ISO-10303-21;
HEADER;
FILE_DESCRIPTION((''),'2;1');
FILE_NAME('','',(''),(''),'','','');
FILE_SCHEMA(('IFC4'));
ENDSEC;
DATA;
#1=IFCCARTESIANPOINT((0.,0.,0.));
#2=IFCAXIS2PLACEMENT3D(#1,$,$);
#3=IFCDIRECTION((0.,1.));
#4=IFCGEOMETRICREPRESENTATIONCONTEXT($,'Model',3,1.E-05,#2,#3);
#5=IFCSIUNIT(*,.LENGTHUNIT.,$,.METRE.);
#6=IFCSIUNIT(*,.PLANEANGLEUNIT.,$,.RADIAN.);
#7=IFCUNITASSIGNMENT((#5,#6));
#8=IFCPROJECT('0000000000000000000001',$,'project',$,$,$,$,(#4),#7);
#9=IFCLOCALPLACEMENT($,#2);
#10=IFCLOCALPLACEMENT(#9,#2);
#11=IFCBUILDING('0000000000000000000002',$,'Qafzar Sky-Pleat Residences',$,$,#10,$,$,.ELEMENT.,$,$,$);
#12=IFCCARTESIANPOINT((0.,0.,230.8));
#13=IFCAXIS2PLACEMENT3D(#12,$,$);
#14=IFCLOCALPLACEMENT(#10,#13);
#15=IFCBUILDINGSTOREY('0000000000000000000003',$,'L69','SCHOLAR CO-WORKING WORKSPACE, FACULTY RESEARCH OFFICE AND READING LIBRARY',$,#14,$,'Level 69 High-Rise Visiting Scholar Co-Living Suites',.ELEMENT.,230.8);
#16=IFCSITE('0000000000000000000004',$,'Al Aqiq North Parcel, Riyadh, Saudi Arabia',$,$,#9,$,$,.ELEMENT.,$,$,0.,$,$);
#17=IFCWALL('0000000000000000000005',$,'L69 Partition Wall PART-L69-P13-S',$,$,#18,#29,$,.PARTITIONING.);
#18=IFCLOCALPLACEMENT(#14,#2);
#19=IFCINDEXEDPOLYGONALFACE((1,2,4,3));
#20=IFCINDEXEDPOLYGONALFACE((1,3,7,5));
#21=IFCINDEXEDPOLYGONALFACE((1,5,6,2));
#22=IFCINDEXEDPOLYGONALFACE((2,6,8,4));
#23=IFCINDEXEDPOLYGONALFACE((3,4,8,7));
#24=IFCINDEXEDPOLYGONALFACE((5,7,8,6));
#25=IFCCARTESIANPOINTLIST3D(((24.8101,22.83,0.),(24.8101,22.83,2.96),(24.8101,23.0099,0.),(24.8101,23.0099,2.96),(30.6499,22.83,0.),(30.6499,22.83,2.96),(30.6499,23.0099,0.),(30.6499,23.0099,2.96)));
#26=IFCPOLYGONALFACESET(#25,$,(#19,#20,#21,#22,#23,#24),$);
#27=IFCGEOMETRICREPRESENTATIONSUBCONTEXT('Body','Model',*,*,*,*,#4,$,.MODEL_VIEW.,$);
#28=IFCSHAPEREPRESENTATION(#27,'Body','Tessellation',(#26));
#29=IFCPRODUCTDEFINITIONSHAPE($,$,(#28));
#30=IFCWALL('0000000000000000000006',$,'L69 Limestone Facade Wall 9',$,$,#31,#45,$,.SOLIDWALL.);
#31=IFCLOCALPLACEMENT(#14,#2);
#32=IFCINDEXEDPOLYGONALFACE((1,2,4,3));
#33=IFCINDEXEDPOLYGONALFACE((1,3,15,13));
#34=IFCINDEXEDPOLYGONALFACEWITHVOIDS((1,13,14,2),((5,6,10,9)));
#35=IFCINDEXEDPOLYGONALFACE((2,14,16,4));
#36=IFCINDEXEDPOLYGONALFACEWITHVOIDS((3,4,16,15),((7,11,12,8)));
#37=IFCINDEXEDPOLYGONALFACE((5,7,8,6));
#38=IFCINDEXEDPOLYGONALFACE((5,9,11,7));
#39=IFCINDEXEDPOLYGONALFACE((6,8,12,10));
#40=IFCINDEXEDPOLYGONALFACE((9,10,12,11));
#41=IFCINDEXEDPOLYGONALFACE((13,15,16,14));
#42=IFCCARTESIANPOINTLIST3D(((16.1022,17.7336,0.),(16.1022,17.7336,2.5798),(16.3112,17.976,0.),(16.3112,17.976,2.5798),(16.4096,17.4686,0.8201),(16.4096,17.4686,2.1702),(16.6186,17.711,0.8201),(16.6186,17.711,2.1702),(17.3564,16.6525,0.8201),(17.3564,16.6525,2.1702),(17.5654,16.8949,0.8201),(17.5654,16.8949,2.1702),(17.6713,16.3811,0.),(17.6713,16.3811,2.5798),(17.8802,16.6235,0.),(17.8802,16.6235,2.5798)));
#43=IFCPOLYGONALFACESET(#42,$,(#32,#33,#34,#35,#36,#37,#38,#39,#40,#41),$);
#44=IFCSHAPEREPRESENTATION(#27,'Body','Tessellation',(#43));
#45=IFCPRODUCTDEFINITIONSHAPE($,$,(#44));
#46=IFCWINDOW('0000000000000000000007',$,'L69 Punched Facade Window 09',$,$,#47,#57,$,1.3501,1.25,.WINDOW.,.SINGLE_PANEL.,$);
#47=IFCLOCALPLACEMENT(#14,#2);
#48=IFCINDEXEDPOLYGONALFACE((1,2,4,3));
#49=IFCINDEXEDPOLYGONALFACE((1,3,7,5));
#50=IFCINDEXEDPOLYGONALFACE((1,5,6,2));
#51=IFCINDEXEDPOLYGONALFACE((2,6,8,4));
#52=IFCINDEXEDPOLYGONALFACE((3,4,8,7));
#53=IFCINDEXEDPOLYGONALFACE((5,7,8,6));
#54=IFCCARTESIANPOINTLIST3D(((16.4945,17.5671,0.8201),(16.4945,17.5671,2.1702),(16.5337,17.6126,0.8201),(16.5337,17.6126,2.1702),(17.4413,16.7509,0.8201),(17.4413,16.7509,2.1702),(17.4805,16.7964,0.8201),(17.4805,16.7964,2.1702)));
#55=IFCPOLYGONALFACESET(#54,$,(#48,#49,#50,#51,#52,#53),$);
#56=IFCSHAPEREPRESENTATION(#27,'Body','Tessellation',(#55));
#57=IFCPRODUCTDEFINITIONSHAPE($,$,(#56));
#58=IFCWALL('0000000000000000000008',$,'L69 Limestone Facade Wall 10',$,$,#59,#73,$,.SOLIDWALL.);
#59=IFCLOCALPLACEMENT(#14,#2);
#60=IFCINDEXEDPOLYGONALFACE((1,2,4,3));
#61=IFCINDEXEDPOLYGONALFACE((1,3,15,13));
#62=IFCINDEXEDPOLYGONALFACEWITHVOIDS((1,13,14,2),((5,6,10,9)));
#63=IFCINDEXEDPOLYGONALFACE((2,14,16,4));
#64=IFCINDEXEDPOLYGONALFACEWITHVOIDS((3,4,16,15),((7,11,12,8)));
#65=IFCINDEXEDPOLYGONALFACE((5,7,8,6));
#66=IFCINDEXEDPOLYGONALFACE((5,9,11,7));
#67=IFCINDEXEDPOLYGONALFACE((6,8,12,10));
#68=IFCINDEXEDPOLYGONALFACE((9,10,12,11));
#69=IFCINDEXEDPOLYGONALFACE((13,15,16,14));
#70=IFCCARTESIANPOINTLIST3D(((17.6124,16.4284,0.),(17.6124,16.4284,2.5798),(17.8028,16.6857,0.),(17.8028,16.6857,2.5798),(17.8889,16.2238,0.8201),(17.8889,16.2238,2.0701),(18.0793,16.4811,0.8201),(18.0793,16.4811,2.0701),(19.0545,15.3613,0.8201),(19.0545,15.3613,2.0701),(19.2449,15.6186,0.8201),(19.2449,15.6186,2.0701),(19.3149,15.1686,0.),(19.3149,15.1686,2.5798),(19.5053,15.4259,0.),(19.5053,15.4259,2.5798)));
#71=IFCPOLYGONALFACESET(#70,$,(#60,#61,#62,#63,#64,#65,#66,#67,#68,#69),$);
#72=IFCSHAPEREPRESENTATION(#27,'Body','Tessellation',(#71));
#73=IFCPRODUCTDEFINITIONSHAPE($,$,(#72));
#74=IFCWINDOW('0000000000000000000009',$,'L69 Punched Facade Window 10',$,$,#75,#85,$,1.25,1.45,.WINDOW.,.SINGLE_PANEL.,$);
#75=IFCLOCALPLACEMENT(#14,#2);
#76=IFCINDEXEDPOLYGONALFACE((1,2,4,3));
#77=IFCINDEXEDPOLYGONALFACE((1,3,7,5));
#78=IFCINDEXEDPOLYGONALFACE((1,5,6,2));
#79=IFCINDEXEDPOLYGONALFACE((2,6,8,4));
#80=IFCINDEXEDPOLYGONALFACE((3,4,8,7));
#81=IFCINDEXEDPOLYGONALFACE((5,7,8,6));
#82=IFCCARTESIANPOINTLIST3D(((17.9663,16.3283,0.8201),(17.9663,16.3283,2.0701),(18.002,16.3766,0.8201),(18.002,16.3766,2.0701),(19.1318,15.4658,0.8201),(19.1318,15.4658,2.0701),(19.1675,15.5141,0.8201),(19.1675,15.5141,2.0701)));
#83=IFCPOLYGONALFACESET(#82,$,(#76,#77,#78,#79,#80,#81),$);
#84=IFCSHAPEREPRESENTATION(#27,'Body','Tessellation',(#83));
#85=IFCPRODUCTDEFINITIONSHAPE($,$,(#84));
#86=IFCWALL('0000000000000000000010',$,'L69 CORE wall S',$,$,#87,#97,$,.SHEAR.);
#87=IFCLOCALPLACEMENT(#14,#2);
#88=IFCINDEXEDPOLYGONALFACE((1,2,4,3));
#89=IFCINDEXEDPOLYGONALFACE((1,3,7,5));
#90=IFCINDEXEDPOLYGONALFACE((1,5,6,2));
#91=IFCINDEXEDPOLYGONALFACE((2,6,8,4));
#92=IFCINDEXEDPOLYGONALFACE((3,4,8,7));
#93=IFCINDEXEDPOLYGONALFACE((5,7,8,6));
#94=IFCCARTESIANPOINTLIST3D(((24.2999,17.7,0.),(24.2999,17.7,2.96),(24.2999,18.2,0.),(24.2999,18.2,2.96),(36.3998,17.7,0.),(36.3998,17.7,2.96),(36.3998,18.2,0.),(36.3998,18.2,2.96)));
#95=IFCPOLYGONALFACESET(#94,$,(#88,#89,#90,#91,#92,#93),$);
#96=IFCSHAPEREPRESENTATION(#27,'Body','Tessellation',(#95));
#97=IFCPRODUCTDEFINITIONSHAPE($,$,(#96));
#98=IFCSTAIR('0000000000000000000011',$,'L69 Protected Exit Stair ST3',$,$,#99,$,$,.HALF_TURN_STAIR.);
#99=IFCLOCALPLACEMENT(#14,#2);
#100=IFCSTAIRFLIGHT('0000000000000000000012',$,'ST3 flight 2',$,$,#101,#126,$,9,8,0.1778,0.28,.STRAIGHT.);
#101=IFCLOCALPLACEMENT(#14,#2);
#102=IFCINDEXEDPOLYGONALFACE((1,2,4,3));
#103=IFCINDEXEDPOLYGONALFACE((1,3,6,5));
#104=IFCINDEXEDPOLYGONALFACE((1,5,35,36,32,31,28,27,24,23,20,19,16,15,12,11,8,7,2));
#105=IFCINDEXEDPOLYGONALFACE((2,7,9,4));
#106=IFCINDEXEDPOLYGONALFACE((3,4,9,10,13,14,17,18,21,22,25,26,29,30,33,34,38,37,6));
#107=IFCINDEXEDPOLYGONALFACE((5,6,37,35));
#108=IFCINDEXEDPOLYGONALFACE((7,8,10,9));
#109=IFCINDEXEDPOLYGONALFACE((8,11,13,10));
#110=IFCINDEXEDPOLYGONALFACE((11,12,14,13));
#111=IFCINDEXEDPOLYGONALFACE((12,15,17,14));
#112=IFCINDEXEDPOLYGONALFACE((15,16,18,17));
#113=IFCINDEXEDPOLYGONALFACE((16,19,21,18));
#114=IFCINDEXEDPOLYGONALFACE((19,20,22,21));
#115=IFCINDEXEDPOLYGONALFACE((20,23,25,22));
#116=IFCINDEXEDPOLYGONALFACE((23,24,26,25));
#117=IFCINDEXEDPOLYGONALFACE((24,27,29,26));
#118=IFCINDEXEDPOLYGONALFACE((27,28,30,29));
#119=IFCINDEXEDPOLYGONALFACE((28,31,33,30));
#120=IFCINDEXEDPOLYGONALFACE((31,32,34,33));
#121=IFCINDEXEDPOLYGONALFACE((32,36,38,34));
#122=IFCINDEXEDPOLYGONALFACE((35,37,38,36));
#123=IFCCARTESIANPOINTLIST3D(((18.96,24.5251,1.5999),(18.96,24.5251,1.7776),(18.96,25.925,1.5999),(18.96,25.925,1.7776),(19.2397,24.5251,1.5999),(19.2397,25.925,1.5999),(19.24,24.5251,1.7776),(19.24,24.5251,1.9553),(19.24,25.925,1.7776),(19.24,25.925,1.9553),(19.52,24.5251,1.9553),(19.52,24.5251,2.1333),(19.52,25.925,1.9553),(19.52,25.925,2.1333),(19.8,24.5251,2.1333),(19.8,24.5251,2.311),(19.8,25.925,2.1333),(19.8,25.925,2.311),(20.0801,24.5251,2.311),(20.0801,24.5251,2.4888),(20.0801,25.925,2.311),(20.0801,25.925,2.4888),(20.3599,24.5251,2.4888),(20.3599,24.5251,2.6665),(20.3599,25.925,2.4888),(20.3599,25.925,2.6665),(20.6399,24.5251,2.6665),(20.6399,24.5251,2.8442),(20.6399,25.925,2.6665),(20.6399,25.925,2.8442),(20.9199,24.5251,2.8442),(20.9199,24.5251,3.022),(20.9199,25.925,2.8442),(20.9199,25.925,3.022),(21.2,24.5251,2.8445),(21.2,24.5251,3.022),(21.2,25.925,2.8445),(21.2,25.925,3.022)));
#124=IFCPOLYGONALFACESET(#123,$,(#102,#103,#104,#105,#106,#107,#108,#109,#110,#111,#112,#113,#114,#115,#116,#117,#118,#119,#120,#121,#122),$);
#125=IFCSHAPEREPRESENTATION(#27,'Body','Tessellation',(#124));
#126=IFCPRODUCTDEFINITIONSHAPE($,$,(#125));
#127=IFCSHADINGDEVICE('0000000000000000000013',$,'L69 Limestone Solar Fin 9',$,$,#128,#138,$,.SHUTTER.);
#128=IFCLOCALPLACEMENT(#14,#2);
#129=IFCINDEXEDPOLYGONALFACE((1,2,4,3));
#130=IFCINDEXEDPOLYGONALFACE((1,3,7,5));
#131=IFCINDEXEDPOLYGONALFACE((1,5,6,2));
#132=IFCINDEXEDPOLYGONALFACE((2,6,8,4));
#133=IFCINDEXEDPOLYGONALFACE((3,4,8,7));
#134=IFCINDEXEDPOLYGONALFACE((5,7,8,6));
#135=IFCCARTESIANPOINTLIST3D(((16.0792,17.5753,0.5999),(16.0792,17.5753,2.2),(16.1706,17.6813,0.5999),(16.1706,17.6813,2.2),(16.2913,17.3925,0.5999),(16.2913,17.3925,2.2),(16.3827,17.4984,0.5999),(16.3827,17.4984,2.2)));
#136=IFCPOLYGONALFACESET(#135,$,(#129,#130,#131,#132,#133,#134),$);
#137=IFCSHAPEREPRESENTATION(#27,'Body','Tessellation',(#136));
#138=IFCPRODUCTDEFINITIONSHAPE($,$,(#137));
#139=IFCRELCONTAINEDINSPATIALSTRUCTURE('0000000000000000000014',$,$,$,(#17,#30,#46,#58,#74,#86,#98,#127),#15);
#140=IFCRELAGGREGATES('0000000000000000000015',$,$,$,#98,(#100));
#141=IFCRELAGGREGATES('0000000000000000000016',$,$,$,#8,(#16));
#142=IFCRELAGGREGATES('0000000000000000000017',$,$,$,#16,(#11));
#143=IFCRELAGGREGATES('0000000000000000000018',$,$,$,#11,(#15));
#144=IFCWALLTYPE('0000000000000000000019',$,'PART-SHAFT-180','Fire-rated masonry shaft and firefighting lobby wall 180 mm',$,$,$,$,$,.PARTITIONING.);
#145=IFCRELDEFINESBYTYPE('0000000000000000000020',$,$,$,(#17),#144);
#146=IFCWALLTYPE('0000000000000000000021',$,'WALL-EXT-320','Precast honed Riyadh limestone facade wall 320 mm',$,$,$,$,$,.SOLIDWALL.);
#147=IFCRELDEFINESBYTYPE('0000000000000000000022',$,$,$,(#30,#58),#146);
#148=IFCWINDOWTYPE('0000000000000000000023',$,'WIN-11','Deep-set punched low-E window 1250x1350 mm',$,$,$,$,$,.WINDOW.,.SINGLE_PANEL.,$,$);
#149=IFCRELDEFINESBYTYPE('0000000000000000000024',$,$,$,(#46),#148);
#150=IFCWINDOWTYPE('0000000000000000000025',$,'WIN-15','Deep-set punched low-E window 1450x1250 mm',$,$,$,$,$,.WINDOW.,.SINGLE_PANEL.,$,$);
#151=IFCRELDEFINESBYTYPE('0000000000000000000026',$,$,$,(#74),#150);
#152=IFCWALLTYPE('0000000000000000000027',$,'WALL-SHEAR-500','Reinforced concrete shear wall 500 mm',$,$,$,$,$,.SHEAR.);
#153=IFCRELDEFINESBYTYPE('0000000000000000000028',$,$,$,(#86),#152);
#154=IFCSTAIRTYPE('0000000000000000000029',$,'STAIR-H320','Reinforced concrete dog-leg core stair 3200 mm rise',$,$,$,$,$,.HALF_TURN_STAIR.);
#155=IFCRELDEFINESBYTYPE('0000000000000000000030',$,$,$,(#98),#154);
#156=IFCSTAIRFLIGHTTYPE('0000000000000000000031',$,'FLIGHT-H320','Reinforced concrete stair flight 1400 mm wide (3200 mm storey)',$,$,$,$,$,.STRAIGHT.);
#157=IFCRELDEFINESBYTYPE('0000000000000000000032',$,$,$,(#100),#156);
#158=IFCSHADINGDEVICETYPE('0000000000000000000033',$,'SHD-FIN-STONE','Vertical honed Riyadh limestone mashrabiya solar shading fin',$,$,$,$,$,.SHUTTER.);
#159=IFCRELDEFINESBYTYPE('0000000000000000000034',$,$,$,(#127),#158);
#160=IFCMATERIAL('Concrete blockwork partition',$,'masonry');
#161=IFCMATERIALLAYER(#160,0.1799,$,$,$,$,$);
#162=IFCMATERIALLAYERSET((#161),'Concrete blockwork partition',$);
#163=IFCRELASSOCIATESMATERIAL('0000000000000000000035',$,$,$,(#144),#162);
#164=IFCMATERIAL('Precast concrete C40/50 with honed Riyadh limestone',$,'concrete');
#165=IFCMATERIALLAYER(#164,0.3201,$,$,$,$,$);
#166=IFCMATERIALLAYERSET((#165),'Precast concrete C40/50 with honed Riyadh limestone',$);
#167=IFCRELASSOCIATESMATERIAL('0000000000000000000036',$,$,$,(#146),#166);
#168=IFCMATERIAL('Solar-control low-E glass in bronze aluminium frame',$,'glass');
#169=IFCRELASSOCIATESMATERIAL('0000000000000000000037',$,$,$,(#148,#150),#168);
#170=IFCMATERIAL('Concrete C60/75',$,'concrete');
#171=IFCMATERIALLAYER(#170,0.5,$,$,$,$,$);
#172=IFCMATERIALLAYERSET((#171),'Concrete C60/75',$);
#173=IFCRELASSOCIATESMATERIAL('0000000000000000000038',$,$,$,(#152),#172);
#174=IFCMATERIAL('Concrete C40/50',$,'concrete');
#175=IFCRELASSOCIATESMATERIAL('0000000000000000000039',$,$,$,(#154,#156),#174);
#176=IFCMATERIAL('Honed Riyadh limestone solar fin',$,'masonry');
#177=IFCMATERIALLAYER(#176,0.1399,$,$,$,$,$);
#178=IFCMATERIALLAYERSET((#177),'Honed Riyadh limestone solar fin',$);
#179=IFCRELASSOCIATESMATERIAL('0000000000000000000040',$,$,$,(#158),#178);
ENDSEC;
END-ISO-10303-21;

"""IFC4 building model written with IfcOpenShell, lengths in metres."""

from ifc_helpers import new_model, si_unit, direction, frame, frame_2d, origin, origin_2d, place, context, subcontext, project, spatial, polyline, rectangle, outline, extrude, source, transform, mapped, material, layer, layer_set, type_object, element, fill, aggregate, save


model = new_model("IFC4")

# Units and contexts
model_context = context("Model", 3, precision=1e-05, world=origin(), true_north=direction((0.0, 1.0)))
body_context = subcontext(model_context, "Body", "Model", "MODEL_VIEW")
ifc_project = project(units=[si_unit("LENGTHUNIT", "METRE"), si_unit("PLANEANGLEUNIT", "RADIAN")], contexts=[model_context])

# Site, building, storey
site_placement = place(None, origin())
site = spatial("IfcSite", under=ifc_project, at=site_placement, Name="Al Aqiq North Parcel, Riyadh, Saudi Arabia", CompositionType="ELEMENT", RefElevation=0.0)
building_placement = place(site_placement, origin())
building = spatial("IfcBuilding", under=site, at=building_placement, Name="Qafzar Sky-Pleat Residences", CompositionType="ELEMENT")
storey_placement = place(building_placement, frame((0.0, 0.0, 230.8)))
storey = spatial("IfcBuildingStorey", under=building, at=storey_placement, Name="L69", Description="SCHOLAR CO-WORKING WORKSPACE, FACULTY RESEARCH OFFICE AND READING LIBRARY", LongName="Level 69 High-Rise Visiting Scholar Co-Living Suites", CompositionType="ELEMENT", Elevation=230.8)

# Wall
ifc_material_1 = material(Name="Concrete blockwork partition", Category="masonry")
ifc_layer_1 = layer(ifc_material_1, 0.1799)
ifc_layer_set_1 = layer_set([ifc_layer_1], Name="Concrete blockwork partition")
wall_type_1 = type_object("IfcWallType", Name="PART-SHAFT-180", Description="Fire-rated masonry shaft and firefighting lobby wall 180 mm", PredefinedType="PARTITIONING", material=ifc_layer_set_1)
wall_1_placement = place(storey_placement, frame((24.8101, 22.9199, 0.0), z_axis=(0.0, 0.0, 1.0), x_axis=(1.0, 0.0, 0.0)))
element("IfcWall", 1, at=wall_1_placement, inside=storey, type_object=wall_type_1, Name="L69 Partition Wall PART-L69-P13-S", PredefinedType="PARTITIONING", context=body_context, shape_type="SweptSolid", body=[
    extrude(rectangle(XDim=5.8398, YDim=0.1799, at=frame_2d((2.9199, 0.0))), origin(), (0.0, 0.0, 1.0), 2.96),
])

# Walls, openings, windows
ifc_material_2 = material(Name="Precast concrete C40/50 with honed Riyadh limestone", Category="concrete")
ifc_layer_2 = layer(ifc_material_2, 0.3201)
ifc_layer_set_2 = layer_set([ifc_layer_2], Name="Precast concrete C40/50 with honed Riyadh limestone")
wall_type_2 = type_object("IfcWallType", Name="WALL-EXT-320", Description="Precast honed Riyadh limestone facade wall 320 mm", PredefinedType="SOLIDWALL", material=ifc_layer_set_2)
wall_2_placement = place(storey_placement, frame((16.2068, 17.8547, 0.0), z_axis=(0.0, 0.0, 1.0), x_axis=(0.75744, -0.652905, 0.0)))
wall_2 = element("IfcWall", 2, at=wall_2_placement, inside=storey, type_object=wall_type_2, Name="L69 Limestone Facade Wall 9", PredefinedType="SOLIDWALL", context=body_context, shape_type="SweptSolid", body=[
    extrude(rectangle(XDim=2.0715, YDim=0.3201, at=frame_2d((1.0356, 0.0))), origin(), (0.0, 0.0, 1.0), 2.5798),
])
opening_1_placement = place(wall_2_placement, frame((0.4058, 0.0, 0.8201)))
opening_1 = element("IfcOpeningElement", 3, at=opening_1_placement, cuts=wall_2, PredefinedType="OPENING", context=body_context, shape_type="SweptSolid", body=[
    extrude(rectangle(XDim=1.25, YDim=1.3501, at=frame_2d((0.625, 0.675))), frame((0.0, 0.1699, 0.0), z_axis=(0.0, -1.0, 0.0), x_axis=(1.0, 0.0, 0.0)), (0.0, 0.0, 1.0), 0.3401),
])
ifc_material_3 = material(Name="Solar-control low-E glass in bronze aluminium frame", Category="glass")
window_type_1 = type_object("IfcWindowType", Name="WIN-11", Description="Deep-set punched low-E window 1250x1350 mm", PartitioningType="SINGLE_PANEL", PredefinedType="WINDOW", material=ifc_material_3)
shared_shape_1 = source(origin(), body_context, "Body", "SweptSolid", [
    extrude(rectangle(XDim=1.25, YDim=1.3501, at=frame_2d((0.625, 0.675))), frame((0.0, 0.03, 0.0), z_axis=(0.0, -1.0, 0.0), x_axis=(1.0, 0.0, 0.0)), (0.0, 0.0, 1.0), 0.0601),
])
window_1_placement = place(opening_1_placement, origin())
window_1 = element("IfcWindow", 4, at=window_1_placement, inside=storey, type_object=window_type_1, Name="L69 Punched Facade Window 09", OverallHeight=1.3501, OverallWidth=1.25, PartitioningType="SINGLE_PANEL", PredefinedType="WINDOW", context=body_context, shape_type="MappedRepresentation", body=[
    mapped(shared_shape_1, transform((0.0, 0.0, 0.0), x_axis=(1.0, 0.0, 0.0), y_axis=(0.0, 1.0, 0.0), z_axis=(0.0, 0.0, 1.0), scale=1.0)),
])
fill(opening_1, window_1)
wall_3_placement = place(storey_placement, frame((17.7075, 16.5571, 0.0), z_axis=(0.0, 0.0, 1.0), x_axis=(0.803843, -0.594842, 0.0)))
wall_3 = element("IfcWall", 5, at=wall_3_placement, inside=storey, type_object=wall_type_2, Name="L69 Limestone Facade Wall 10", PredefinedType="SOLIDWALL", context=body_context, shape_type="SweptSolid", body=[
    extrude(rectangle(XDim=2.1179, YDim=0.3201, at=frame_2d((1.0591, 0.0))), origin(), (0.0, 0.0, 1.0), 2.5798),
])
opening_2_placement = place(wall_3_placement, frame((0.344, 0.0, 0.8201)))
opening_2 = element("IfcOpeningElement", 6, at=opening_2_placement, cuts=wall_3, PredefinedType="OPENING", context=body_context, shape_type="SweptSolid", body=[
    extrude(rectangle(XDim=1.45, YDim=1.25, at=frame_2d((0.7251, 0.625))), frame((0.0, 0.1699, 0.0), z_axis=(0.0, -1.0, 0.0), x_axis=(1.0, 0.0, 0.0)), (0.0, 0.0, 1.0), 0.3401),
])
window_type_2 = type_object("IfcWindowType", Name="WIN-15", Description="Deep-set punched low-E window 1450x1250 mm", PartitioningType="SINGLE_PANEL", PredefinedType="WINDOW", material=ifc_material_3)
shared_shape_2 = source(origin(), body_context, "Body", "SweptSolid", [
    extrude(rectangle(XDim=1.45, YDim=1.25, at=frame_2d((0.7251, 0.625))), frame((0.0, 0.03, 0.0), z_axis=(0.0, -1.0, 0.0), x_axis=(1.0, 0.0, 0.0)), (0.0, 0.0, 1.0), 0.0601),
])
window_2_placement = place(opening_2_placement, origin())
window_2 = element("IfcWindow", 7, at=window_2_placement, inside=storey, type_object=window_type_2, Name="L69 Punched Facade Window 10", OverallHeight=1.25, OverallWidth=1.45, PartitioningType="SINGLE_PANEL", PredefinedType="WINDOW", context=body_context, shape_type="MappedRepresentation", body=[
    mapped(shared_shape_2, transform((0.0, 0.0, 0.0), x_axis=(1.0, 0.0, 0.0), y_axis=(0.0, 1.0, 0.0), z_axis=(0.0, 0.0, 1.0), scale=1.0)),
])
fill(opening_2, window_2)

# Shared definitions
ifc_material_4 = material(Name="Concrete C60/75", Category="concrete")

# Wall
ifc_layer_3 = layer(ifc_material_4, 0.5)
ifc_layer_set_3 = layer_set([ifc_layer_3], Name="Concrete C60/75")
wall_type_3 = type_object("IfcWallType", Name="WALL-SHEAR-500", Description="Reinforced concrete shear wall 500 mm", PredefinedType="SHEAR", material=ifc_layer_set_3)
wall_4_placement = place(storey_placement, frame((24.3, 17.95, 0.0), z_axis=(0.0, 0.0, 1.0), x_axis=(1.0, 0.0, 0.0)))
element("IfcWall", 8, at=wall_4_placement, inside=storey, type_object=wall_type_3, Name="L69 CORE wall S", PredefinedType="SHEAR", context=body_context, shape_type="SweptSolid", body=[
    extrude(rectangle(XDim=12.0999, YDim=0.5, at=frame_2d((6.0498, 0.0))), origin(), (0.0, 0.0, 1.0), 2.96),
])

# Stair, stair flight
ifc_material_5 = material(Name="Concrete C40/50", Category="concrete")
stair_type = type_object("IfcStairType", Name="STAIR-H320", Description="Reinforced concrete dog-leg core stair 3200 mm rise", PredefinedType="HALF_TURN_STAIR", material=ifc_material_5)
stair_placement = place(storey_placement, origin())
stair = element("IfcStair", 9, at=stair_placement, inside=storey, type_object=stair_type, Name="L69 Protected Exit Stair ST3", PredefinedType="HALF_TURN_STAIR")
stair_flight_type = type_object("IfcStairFlightType", Name="FLIGHT-H320", Description="Reinforced concrete stair flight 1400 mm wide (3200 mm storey)", PredefinedType="STRAIGHT", material=ifc_material_5)
shared_shape_3 = source(origin(), body_context, "Body", "SweptSolid", [
    extrude(outline(polyline([(0.0, 0.0), (0.0, 0.1777), (0.28, 0.1777), (0.28, 0.3555), (0.5601, 0.3555), (0.5601, 0.5334), (0.8401, 0.5334), (0.8401, 0.7112), (1.1201, 0.7112), (1.1201, 0.8889), (1.3999, 0.8889), (1.3999, 1.0667), (1.6799, 1.0667), (1.6799, 1.2444), (1.96, 1.2444), (1.96, 1.4221), (2.24, 1.4221), (2.24, 1.6001), (2.24, 1.2446), (0.2798, 0.0), (0.0, 0.0)])), frame((0.0, 0.7, 0.0), z_axis=(0.0, -1.0, 0.0), x_axis=(1.0, 0.0, 0.0)), (0.0, 0.0, 1.0), 1.3999),
])
stair_flight_placement = place(storey_placement, frame((18.96, 25.2251, 1.5999), z_axis=(0.0, 0.0, 1.0), x_axis=(1.0, 0.0, 0.0)))
stair_flight = element("IfcStairFlight", 10, at=stair_flight_placement, type_object=stair_flight_type, Name="ST3 flight 2", NumberOfRisers=9, NumberOfTreads=8, PredefinedType="STRAIGHT", RiserHeight=0.1778, TreadLength=0.28, context=body_context, shape_type="MappedRepresentation", body=[
    mapped(shared_shape_3, transform((0.0, 0.0, 0.0), x_axis=(1.0, 0.0, 0.0), y_axis=(0.0, 1.0, 0.0), z_axis=(0.0, 0.0, 1.0), scale=1.0)),
])
aggregate(stair, [stair_flight])

# Shading device
ifc_material_6 = material(Name="Honed Riyadh limestone solar fin", Category="masonry")
ifc_layer_4 = layer(ifc_material_6, 0.1399)
ifc_layer_set_4 = layer_set([ifc_layer_4], Name="Honed Riyadh limestone solar fin")
shading_device_type = type_object("IfcShadingDeviceType", Name="SHD-FIN-STONE", Description="Vertical honed Riyadh limestone mashrabiya solar shading fin", PredefinedType="SHUTTER", material=ifc_layer_set_4)
shared_shape_4 = source(origin(), body_context, "Body", "SweptSolid", [
    extrude(rectangle(XDim=0.1399, YDim=0.28, at=origin_2d()), origin(), (0.0, 0.0, 1.0), 1.6001),
])
shading_device_placement = place(storey_placement, frame((16.231, 17.5369, 0.5999), z_axis=(0.0, 0.0, 1.0), x_axis=(-0.652875, -0.757465, 0.0)))
element("IfcShadingDevice", 11, at=shading_device_placement, inside=storey, type_object=shading_device_type, Name="L69 Limestone Solar Fin 9", PredefinedType="SHUTTER", context=body_context, shape_type="MappedRepresentation", body=[
    mapped(shared_shape_4, transform((0.0, 0.0, 0.0), x_axis=(1.0, 0.0, 0.0), y_axis=(0.0, 1.0, 0.0), z_axis=(0.0, 0.0, 1.0), scale=1.0)),
])

save(model, "model.ifc")
